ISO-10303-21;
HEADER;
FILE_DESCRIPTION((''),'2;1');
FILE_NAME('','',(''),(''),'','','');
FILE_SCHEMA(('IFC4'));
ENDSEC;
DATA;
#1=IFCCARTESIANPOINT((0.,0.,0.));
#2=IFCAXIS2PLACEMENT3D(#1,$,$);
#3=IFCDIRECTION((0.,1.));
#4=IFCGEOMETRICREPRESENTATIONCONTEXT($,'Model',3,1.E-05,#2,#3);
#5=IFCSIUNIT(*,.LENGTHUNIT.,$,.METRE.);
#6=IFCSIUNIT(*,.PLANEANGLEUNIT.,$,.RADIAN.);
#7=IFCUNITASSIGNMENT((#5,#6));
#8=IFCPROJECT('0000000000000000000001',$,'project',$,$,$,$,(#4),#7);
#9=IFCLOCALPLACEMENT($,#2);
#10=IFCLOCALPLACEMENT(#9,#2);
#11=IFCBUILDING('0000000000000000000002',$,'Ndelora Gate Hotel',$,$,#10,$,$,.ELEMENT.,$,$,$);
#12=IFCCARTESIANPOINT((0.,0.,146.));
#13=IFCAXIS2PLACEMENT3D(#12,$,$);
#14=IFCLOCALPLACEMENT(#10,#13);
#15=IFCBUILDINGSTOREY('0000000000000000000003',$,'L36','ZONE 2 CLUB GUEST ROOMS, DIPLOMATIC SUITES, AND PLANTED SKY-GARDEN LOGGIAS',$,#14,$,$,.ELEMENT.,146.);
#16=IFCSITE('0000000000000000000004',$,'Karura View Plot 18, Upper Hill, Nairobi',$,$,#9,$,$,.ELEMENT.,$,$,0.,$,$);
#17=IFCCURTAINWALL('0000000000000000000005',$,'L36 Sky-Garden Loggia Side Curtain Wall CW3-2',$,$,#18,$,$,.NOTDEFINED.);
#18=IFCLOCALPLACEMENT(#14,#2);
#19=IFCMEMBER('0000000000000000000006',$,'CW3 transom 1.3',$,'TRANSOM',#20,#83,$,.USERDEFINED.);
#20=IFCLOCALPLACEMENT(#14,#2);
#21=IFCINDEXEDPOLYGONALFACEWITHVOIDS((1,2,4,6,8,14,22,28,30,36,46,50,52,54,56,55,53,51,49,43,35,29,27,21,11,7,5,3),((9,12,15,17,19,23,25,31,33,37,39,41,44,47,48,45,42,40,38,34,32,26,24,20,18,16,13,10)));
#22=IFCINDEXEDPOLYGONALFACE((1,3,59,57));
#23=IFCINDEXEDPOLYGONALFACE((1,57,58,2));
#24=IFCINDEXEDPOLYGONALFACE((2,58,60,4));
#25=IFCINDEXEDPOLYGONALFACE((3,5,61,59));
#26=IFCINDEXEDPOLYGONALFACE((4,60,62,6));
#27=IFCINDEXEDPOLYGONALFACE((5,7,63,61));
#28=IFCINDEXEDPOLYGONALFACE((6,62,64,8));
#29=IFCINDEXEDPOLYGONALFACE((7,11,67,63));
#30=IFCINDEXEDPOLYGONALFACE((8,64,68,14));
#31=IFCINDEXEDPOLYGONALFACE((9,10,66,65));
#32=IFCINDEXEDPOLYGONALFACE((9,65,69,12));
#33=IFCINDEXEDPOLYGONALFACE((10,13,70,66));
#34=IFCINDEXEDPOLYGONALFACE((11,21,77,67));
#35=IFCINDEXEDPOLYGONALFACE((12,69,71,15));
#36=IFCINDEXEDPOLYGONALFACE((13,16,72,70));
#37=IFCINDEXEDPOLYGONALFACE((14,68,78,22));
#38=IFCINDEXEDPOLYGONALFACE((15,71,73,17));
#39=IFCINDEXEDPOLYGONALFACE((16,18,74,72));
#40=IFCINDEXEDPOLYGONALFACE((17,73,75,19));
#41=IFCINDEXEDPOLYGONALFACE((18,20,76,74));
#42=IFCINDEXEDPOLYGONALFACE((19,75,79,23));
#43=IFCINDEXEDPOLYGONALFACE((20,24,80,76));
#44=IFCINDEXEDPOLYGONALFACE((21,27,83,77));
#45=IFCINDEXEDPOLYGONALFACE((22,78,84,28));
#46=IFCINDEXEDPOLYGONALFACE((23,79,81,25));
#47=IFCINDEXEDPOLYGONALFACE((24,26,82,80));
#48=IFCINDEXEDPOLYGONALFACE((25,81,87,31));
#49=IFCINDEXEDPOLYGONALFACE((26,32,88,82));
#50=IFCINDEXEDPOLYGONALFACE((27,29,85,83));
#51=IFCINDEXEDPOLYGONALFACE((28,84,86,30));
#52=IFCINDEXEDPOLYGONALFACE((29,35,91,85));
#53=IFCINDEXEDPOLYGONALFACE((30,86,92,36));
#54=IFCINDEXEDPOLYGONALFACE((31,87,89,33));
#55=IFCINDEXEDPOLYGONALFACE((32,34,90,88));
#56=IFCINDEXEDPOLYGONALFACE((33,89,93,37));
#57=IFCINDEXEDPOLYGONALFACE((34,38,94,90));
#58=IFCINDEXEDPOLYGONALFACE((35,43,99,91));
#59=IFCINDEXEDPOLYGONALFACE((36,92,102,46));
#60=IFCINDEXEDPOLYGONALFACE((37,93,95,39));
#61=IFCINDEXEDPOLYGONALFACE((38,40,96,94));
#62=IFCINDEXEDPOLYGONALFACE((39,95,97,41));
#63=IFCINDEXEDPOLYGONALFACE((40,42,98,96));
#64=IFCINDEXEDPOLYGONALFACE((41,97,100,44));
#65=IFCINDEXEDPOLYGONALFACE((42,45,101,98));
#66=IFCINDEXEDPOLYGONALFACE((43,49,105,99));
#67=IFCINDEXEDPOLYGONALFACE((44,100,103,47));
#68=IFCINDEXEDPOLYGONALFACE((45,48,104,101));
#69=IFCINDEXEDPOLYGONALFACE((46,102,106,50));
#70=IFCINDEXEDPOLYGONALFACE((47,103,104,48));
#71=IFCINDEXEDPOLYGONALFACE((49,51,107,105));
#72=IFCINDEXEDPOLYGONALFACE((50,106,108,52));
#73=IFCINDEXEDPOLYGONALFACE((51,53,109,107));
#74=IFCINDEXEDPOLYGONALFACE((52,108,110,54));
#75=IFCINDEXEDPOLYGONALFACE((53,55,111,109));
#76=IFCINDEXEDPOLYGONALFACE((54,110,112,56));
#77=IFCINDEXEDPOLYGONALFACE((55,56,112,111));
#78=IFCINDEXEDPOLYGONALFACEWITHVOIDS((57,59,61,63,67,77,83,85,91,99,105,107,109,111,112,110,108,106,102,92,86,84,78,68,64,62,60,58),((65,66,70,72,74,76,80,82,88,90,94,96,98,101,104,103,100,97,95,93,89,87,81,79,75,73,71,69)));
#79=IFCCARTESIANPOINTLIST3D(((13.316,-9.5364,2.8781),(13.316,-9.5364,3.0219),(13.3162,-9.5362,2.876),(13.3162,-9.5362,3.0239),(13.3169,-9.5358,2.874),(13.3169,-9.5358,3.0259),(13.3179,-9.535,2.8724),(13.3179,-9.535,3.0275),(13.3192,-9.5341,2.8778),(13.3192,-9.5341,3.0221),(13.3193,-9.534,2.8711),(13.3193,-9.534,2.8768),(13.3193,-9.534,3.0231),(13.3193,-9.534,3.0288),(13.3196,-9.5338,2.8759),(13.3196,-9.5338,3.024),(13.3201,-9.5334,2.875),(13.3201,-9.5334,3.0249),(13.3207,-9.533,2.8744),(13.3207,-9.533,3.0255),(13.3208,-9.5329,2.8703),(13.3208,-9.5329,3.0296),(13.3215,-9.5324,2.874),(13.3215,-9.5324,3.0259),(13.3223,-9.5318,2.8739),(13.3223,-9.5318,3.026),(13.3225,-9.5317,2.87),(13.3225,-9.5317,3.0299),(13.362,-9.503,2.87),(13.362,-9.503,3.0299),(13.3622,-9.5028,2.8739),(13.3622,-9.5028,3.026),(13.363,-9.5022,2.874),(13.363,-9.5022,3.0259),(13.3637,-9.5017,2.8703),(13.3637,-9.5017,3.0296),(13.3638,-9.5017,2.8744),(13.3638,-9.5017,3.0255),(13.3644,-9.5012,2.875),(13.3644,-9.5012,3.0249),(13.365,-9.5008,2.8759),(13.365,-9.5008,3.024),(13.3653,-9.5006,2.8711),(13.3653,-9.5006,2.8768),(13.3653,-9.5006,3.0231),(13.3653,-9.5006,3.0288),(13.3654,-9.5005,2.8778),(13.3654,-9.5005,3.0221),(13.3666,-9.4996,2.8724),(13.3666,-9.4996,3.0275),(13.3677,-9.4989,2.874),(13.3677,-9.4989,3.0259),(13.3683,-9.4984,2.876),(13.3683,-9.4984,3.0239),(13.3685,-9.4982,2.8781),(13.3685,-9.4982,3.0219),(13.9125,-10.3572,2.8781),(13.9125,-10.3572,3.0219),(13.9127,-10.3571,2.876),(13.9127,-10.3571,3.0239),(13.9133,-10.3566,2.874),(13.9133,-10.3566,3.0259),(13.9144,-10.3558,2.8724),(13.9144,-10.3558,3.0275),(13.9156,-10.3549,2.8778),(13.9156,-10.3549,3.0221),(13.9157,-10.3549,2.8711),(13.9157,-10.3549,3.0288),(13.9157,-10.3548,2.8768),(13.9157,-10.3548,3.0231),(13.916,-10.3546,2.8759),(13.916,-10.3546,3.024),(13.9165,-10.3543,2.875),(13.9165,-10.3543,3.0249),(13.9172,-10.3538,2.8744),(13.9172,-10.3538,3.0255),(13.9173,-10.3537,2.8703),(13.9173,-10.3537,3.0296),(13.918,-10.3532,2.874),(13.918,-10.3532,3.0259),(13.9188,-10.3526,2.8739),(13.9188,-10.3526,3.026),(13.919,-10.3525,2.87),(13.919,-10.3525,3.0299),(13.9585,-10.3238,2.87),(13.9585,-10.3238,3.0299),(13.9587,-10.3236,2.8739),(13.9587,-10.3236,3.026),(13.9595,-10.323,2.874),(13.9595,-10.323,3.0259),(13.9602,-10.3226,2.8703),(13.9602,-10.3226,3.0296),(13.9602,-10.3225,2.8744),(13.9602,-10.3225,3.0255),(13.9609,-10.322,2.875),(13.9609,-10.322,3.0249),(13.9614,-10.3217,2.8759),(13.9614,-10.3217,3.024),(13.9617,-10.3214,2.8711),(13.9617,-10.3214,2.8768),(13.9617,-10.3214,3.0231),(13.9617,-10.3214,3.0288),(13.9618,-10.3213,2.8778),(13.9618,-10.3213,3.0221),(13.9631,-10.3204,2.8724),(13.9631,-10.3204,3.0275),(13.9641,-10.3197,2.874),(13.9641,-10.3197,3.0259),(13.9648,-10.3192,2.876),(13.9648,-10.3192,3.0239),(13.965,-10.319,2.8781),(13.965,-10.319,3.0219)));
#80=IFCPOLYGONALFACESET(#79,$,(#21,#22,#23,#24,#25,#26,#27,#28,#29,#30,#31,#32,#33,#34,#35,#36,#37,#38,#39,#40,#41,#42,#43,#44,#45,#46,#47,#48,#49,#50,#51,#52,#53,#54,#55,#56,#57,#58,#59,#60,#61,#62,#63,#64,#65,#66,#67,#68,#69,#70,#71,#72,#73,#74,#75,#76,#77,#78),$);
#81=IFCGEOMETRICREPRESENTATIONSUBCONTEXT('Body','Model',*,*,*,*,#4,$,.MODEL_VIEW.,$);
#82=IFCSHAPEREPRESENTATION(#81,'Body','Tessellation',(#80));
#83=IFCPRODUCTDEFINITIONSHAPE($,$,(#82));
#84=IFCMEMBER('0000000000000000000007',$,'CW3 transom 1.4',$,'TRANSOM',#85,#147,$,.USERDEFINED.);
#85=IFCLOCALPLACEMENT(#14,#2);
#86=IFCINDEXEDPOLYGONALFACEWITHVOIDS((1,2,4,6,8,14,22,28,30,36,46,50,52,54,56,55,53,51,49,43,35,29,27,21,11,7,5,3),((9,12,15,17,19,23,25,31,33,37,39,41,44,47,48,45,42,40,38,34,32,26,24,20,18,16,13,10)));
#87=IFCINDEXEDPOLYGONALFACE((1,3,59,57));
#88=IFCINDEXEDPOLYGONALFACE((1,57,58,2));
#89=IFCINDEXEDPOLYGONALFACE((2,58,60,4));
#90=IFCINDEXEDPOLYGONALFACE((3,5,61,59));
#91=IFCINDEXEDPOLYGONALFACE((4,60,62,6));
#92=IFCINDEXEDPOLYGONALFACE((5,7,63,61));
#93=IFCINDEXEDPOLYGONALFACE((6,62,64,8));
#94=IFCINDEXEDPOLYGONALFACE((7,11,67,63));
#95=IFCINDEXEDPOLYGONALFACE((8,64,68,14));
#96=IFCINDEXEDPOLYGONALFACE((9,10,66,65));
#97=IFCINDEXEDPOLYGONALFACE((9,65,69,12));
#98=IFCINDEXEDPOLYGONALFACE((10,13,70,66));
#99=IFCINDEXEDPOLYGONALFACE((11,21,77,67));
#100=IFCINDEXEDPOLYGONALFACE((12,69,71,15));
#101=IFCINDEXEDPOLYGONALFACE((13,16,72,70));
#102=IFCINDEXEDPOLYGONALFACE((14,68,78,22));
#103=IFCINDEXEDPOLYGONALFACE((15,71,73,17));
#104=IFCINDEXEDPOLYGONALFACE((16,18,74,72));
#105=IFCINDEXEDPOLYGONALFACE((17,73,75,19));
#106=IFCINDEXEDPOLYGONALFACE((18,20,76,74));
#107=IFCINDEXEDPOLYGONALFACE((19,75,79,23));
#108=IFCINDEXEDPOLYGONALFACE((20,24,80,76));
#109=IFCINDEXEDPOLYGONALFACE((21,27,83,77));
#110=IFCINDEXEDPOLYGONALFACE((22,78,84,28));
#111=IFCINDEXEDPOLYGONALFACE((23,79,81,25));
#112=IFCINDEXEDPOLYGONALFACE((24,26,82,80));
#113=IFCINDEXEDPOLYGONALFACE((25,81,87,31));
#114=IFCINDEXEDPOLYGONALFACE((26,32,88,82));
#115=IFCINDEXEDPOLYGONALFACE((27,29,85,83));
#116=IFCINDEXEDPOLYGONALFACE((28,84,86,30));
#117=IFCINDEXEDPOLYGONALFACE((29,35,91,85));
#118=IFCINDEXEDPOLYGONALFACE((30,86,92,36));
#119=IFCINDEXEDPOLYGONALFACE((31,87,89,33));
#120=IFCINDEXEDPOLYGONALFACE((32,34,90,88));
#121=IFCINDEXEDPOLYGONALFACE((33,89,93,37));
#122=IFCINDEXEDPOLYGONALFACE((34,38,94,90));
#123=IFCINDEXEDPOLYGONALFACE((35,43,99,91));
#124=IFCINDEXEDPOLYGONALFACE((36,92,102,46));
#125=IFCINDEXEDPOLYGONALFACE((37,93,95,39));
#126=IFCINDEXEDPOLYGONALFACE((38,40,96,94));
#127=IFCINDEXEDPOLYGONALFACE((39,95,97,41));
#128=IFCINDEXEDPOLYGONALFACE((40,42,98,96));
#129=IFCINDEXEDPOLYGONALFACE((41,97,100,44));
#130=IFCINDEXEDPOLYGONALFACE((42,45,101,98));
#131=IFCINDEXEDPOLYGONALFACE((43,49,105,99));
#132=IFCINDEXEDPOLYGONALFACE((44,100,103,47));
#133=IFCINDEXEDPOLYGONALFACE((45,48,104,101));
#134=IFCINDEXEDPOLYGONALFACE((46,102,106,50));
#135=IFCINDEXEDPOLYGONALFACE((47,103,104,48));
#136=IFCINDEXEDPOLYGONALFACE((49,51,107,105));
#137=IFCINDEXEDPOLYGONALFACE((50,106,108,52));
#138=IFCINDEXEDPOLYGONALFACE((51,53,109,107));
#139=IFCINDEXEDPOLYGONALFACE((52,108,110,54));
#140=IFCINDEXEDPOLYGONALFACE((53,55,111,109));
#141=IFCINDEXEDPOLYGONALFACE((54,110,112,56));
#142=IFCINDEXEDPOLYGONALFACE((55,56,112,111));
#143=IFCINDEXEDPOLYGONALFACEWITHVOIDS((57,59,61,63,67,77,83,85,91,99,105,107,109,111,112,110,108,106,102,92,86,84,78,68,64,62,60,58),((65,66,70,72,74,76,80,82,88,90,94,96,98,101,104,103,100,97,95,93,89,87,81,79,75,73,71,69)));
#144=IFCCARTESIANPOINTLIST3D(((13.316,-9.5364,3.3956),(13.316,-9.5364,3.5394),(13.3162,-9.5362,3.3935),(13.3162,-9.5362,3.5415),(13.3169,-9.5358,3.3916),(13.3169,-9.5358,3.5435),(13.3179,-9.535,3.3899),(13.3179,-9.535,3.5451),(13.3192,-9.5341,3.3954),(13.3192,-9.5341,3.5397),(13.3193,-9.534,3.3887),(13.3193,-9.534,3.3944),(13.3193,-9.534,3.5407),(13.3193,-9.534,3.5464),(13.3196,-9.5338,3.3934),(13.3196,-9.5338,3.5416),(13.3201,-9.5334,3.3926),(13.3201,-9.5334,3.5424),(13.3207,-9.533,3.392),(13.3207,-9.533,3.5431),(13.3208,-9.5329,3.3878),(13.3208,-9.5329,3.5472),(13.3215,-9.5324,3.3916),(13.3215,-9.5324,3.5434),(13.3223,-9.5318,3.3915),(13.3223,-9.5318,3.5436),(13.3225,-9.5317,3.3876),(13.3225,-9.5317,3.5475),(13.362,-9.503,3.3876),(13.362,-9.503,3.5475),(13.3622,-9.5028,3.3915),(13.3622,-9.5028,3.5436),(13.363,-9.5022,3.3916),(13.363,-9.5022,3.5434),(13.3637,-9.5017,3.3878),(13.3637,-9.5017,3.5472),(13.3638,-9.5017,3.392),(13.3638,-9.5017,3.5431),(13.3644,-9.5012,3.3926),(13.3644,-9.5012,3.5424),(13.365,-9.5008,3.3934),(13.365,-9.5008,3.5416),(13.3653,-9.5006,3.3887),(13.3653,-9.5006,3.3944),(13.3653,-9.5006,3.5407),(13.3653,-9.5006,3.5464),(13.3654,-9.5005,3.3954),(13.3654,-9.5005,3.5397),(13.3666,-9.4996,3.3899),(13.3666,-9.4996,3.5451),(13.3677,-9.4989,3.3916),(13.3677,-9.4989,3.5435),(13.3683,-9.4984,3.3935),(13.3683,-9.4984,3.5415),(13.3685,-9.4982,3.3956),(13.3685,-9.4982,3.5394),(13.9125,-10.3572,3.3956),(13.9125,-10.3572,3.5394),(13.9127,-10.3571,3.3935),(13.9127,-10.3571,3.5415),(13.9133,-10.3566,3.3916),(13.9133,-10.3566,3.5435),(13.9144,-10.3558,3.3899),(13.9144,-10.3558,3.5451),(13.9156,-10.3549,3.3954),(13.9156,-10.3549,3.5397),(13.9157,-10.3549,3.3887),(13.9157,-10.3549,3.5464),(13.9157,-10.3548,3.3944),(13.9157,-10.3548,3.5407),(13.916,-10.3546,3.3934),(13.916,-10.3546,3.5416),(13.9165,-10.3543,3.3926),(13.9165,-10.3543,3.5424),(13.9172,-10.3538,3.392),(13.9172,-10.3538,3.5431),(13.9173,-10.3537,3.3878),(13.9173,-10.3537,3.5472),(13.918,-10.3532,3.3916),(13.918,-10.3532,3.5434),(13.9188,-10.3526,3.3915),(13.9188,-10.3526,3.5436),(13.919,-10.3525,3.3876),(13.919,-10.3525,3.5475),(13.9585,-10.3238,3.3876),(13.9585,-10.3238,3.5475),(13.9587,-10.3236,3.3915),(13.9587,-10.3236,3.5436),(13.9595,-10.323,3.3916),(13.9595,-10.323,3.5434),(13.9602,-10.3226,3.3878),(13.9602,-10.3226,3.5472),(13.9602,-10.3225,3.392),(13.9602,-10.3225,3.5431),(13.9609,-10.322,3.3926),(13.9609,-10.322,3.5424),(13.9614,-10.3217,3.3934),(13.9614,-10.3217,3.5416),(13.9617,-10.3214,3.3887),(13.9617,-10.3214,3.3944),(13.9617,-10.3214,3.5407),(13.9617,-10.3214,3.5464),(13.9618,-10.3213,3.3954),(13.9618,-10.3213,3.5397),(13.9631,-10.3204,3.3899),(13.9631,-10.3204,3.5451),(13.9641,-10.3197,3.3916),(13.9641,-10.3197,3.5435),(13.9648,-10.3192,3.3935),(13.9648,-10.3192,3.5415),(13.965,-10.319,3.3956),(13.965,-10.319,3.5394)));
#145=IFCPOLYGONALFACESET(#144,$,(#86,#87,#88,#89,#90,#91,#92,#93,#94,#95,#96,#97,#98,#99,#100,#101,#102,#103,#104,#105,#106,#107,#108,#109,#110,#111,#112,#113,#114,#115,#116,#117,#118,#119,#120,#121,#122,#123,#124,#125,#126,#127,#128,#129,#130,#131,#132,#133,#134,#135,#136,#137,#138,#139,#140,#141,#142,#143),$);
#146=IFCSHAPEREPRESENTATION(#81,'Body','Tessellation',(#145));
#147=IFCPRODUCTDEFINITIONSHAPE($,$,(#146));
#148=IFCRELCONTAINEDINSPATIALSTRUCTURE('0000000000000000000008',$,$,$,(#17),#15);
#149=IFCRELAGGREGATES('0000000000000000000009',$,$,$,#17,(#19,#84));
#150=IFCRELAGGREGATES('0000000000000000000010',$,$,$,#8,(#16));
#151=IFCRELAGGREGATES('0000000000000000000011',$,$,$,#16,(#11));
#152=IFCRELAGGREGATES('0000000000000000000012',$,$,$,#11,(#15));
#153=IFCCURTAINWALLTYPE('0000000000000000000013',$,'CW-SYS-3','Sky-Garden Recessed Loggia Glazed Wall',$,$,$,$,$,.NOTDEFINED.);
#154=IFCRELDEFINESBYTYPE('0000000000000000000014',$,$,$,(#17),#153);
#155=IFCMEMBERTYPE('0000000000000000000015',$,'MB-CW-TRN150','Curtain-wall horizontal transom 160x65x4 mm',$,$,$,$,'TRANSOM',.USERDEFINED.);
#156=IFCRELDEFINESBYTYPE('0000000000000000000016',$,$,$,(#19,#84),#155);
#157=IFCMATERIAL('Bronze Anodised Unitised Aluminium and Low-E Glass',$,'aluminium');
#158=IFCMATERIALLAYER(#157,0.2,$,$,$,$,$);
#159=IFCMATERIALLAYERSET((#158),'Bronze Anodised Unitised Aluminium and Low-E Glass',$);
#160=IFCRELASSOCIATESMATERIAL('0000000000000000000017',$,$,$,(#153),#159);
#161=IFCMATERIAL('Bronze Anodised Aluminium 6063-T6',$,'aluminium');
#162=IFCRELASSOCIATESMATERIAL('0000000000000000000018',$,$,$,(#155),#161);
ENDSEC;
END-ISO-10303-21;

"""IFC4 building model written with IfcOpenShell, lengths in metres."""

from ifc_helpers import new_model, si_unit, direction, frame, origin, origin_2d, place, context, subcontext, project, spatial, hollow_rectangle, extrude, material, layer, layer_set, material_profile, profile_set, type_object, element, aggregate, save


model = new_model("IFC4")

# Units and contexts
model_context = context("Model", 3, precision=1e-05, world=origin(), true_north=direction((0.0, 1.0)))
body_context = subcontext(model_context, "Body", "Model", "MODEL_VIEW")
ifc_project = project(units=[si_unit("LENGTHUNIT", "METRE"), si_unit("PLANEANGLEUNIT", "RADIAN")], contexts=[model_context])

# Site, building, storey
site_placement = place(None, origin())
site = spatial("IfcSite", under=ifc_project, at=site_placement, Name="Karura View Plot 18, Upper Hill, Nairobi", CompositionType="ELEMENT", RefElevation=0.0)
building_placement = place(site_placement, origin())
building = spatial("IfcBuilding", under=site, at=building_placement, Name="Ndelora Gate Hotel", CompositionType="ELEMENT")
storey_placement = place(building_placement, frame((0.0, 0.0, 146.0)))
storey = spatial("IfcBuildingStorey", under=building, at=storey_placement, Name="L36", Description="ZONE 2 CLUB GUEST ROOMS, DIPLOMATIC SUITES, AND PLANTED SKY-GARDEN LOGGIAS", CompositionType="ELEMENT", Elevation=146.0)

# Curtain wall, members
ifc_material_1 = material(Name="Bronze Anodised Unitised Aluminium and Low-E Glass", Category="aluminium")
ifc_layer_1 = layer(ifc_material_1, 0.2)
ifc_layer_set_1 = layer_set([ifc_layer_1], Name="Bronze Anodised Unitised Aluminium and Low-E Glass")
curtain_wall_type = type_object("IfcCurtainWallType", Name="CW-SYS-3", Description="Sky-Garden Recessed Loggia Glazed Wall", PredefinedType="NOTDEFINED", material=ifc_layer_set_1)
curtain_wall_placement = place(storey_placement, origin())
curtain_wall = element("IfcCurtainWall", 1, at=curtain_wall_placement, inside=storey, type_object=curtain_wall_type, Name="L36 Sky-Garden Loggia Side Curtain Wall CW3-2", PredefinedType="NOTDEFINED")
ifc_material_2 = material(Name="Bronze Anodised Aluminium 6063-T6", Category="aluminium")
ifc_material_profile_1 = material_profile(ifc_material_2, hollow_rectangle(XDim=0.0649, YDim=0.1599, WallThickness=0.0039, InnerFilletRadius=0.0039, OuterFilletRadius=0.0081, at=origin_2d()), Name="ALU 160x65x4")
ifc_profile_set_1 = profile_set([ifc_material_profile_1], Name="Bronze Anodised Aluminium 6063-T6")
member_type_1 = type_object("IfcMemberType", Name="MB-CW-TRN150", Description="Curtain-wall horizontal transom 160x65x4 mm", ElementType="TRANSOM", PredefinedType="USERDEFINED", material=ifc_profile_set_1)
member_1_placement = place(storey_placement, frame((13.9387, -10.3381, 2.95), z_axis=(-0.587843, 0.808975, 0.0), x_axis=(-0.808975, -0.587843, 0.0)))
member_1 = element("IfcMember", 2, at=member_1_placement, type_object=member_type_1, Name="CW3 transom 1.3", ObjectType="TRANSOM", PredefinedType="USERDEFINED", context=body_context, shape_type="SweptSolid", body=[
    extrude(hollow_rectangle(XDim=0.0649, YDim=0.1599, WallThickness=0.0039, InnerFilletRadius=0.0039, OuterFilletRadius=0.0081, at=origin_2d()), origin(), (0.0, 0.0, 1.0), 1.0146),
])
member_2_placement = place(storey_placement, frame((13.9387, -10.3381, 3.4675), z_axis=(-0.587843, 0.808975, 0.0), x_axis=(-0.808975, -0.587843, 0.0)))
member_2 = element("IfcMember", 3, at=member_2_placement, type_object=member_type_1, Name="CW3 transom 1.4", ObjectType="TRANSOM", PredefinedType="USERDEFINED", context=body_context, shape_type="SweptSolid", body=[
    extrude(hollow_rectangle(XDim=0.0649, YDim=0.1599, WallThickness=0.0039, InnerFilletRadius=0.0039, OuterFilletRadius=0.0081, at=origin_2d()), origin(), (0.0, 0.0, 1.0), 1.0146),
])
aggregate(curtain_wall, [member_1, member_2])

save(model, "model.ifc")
